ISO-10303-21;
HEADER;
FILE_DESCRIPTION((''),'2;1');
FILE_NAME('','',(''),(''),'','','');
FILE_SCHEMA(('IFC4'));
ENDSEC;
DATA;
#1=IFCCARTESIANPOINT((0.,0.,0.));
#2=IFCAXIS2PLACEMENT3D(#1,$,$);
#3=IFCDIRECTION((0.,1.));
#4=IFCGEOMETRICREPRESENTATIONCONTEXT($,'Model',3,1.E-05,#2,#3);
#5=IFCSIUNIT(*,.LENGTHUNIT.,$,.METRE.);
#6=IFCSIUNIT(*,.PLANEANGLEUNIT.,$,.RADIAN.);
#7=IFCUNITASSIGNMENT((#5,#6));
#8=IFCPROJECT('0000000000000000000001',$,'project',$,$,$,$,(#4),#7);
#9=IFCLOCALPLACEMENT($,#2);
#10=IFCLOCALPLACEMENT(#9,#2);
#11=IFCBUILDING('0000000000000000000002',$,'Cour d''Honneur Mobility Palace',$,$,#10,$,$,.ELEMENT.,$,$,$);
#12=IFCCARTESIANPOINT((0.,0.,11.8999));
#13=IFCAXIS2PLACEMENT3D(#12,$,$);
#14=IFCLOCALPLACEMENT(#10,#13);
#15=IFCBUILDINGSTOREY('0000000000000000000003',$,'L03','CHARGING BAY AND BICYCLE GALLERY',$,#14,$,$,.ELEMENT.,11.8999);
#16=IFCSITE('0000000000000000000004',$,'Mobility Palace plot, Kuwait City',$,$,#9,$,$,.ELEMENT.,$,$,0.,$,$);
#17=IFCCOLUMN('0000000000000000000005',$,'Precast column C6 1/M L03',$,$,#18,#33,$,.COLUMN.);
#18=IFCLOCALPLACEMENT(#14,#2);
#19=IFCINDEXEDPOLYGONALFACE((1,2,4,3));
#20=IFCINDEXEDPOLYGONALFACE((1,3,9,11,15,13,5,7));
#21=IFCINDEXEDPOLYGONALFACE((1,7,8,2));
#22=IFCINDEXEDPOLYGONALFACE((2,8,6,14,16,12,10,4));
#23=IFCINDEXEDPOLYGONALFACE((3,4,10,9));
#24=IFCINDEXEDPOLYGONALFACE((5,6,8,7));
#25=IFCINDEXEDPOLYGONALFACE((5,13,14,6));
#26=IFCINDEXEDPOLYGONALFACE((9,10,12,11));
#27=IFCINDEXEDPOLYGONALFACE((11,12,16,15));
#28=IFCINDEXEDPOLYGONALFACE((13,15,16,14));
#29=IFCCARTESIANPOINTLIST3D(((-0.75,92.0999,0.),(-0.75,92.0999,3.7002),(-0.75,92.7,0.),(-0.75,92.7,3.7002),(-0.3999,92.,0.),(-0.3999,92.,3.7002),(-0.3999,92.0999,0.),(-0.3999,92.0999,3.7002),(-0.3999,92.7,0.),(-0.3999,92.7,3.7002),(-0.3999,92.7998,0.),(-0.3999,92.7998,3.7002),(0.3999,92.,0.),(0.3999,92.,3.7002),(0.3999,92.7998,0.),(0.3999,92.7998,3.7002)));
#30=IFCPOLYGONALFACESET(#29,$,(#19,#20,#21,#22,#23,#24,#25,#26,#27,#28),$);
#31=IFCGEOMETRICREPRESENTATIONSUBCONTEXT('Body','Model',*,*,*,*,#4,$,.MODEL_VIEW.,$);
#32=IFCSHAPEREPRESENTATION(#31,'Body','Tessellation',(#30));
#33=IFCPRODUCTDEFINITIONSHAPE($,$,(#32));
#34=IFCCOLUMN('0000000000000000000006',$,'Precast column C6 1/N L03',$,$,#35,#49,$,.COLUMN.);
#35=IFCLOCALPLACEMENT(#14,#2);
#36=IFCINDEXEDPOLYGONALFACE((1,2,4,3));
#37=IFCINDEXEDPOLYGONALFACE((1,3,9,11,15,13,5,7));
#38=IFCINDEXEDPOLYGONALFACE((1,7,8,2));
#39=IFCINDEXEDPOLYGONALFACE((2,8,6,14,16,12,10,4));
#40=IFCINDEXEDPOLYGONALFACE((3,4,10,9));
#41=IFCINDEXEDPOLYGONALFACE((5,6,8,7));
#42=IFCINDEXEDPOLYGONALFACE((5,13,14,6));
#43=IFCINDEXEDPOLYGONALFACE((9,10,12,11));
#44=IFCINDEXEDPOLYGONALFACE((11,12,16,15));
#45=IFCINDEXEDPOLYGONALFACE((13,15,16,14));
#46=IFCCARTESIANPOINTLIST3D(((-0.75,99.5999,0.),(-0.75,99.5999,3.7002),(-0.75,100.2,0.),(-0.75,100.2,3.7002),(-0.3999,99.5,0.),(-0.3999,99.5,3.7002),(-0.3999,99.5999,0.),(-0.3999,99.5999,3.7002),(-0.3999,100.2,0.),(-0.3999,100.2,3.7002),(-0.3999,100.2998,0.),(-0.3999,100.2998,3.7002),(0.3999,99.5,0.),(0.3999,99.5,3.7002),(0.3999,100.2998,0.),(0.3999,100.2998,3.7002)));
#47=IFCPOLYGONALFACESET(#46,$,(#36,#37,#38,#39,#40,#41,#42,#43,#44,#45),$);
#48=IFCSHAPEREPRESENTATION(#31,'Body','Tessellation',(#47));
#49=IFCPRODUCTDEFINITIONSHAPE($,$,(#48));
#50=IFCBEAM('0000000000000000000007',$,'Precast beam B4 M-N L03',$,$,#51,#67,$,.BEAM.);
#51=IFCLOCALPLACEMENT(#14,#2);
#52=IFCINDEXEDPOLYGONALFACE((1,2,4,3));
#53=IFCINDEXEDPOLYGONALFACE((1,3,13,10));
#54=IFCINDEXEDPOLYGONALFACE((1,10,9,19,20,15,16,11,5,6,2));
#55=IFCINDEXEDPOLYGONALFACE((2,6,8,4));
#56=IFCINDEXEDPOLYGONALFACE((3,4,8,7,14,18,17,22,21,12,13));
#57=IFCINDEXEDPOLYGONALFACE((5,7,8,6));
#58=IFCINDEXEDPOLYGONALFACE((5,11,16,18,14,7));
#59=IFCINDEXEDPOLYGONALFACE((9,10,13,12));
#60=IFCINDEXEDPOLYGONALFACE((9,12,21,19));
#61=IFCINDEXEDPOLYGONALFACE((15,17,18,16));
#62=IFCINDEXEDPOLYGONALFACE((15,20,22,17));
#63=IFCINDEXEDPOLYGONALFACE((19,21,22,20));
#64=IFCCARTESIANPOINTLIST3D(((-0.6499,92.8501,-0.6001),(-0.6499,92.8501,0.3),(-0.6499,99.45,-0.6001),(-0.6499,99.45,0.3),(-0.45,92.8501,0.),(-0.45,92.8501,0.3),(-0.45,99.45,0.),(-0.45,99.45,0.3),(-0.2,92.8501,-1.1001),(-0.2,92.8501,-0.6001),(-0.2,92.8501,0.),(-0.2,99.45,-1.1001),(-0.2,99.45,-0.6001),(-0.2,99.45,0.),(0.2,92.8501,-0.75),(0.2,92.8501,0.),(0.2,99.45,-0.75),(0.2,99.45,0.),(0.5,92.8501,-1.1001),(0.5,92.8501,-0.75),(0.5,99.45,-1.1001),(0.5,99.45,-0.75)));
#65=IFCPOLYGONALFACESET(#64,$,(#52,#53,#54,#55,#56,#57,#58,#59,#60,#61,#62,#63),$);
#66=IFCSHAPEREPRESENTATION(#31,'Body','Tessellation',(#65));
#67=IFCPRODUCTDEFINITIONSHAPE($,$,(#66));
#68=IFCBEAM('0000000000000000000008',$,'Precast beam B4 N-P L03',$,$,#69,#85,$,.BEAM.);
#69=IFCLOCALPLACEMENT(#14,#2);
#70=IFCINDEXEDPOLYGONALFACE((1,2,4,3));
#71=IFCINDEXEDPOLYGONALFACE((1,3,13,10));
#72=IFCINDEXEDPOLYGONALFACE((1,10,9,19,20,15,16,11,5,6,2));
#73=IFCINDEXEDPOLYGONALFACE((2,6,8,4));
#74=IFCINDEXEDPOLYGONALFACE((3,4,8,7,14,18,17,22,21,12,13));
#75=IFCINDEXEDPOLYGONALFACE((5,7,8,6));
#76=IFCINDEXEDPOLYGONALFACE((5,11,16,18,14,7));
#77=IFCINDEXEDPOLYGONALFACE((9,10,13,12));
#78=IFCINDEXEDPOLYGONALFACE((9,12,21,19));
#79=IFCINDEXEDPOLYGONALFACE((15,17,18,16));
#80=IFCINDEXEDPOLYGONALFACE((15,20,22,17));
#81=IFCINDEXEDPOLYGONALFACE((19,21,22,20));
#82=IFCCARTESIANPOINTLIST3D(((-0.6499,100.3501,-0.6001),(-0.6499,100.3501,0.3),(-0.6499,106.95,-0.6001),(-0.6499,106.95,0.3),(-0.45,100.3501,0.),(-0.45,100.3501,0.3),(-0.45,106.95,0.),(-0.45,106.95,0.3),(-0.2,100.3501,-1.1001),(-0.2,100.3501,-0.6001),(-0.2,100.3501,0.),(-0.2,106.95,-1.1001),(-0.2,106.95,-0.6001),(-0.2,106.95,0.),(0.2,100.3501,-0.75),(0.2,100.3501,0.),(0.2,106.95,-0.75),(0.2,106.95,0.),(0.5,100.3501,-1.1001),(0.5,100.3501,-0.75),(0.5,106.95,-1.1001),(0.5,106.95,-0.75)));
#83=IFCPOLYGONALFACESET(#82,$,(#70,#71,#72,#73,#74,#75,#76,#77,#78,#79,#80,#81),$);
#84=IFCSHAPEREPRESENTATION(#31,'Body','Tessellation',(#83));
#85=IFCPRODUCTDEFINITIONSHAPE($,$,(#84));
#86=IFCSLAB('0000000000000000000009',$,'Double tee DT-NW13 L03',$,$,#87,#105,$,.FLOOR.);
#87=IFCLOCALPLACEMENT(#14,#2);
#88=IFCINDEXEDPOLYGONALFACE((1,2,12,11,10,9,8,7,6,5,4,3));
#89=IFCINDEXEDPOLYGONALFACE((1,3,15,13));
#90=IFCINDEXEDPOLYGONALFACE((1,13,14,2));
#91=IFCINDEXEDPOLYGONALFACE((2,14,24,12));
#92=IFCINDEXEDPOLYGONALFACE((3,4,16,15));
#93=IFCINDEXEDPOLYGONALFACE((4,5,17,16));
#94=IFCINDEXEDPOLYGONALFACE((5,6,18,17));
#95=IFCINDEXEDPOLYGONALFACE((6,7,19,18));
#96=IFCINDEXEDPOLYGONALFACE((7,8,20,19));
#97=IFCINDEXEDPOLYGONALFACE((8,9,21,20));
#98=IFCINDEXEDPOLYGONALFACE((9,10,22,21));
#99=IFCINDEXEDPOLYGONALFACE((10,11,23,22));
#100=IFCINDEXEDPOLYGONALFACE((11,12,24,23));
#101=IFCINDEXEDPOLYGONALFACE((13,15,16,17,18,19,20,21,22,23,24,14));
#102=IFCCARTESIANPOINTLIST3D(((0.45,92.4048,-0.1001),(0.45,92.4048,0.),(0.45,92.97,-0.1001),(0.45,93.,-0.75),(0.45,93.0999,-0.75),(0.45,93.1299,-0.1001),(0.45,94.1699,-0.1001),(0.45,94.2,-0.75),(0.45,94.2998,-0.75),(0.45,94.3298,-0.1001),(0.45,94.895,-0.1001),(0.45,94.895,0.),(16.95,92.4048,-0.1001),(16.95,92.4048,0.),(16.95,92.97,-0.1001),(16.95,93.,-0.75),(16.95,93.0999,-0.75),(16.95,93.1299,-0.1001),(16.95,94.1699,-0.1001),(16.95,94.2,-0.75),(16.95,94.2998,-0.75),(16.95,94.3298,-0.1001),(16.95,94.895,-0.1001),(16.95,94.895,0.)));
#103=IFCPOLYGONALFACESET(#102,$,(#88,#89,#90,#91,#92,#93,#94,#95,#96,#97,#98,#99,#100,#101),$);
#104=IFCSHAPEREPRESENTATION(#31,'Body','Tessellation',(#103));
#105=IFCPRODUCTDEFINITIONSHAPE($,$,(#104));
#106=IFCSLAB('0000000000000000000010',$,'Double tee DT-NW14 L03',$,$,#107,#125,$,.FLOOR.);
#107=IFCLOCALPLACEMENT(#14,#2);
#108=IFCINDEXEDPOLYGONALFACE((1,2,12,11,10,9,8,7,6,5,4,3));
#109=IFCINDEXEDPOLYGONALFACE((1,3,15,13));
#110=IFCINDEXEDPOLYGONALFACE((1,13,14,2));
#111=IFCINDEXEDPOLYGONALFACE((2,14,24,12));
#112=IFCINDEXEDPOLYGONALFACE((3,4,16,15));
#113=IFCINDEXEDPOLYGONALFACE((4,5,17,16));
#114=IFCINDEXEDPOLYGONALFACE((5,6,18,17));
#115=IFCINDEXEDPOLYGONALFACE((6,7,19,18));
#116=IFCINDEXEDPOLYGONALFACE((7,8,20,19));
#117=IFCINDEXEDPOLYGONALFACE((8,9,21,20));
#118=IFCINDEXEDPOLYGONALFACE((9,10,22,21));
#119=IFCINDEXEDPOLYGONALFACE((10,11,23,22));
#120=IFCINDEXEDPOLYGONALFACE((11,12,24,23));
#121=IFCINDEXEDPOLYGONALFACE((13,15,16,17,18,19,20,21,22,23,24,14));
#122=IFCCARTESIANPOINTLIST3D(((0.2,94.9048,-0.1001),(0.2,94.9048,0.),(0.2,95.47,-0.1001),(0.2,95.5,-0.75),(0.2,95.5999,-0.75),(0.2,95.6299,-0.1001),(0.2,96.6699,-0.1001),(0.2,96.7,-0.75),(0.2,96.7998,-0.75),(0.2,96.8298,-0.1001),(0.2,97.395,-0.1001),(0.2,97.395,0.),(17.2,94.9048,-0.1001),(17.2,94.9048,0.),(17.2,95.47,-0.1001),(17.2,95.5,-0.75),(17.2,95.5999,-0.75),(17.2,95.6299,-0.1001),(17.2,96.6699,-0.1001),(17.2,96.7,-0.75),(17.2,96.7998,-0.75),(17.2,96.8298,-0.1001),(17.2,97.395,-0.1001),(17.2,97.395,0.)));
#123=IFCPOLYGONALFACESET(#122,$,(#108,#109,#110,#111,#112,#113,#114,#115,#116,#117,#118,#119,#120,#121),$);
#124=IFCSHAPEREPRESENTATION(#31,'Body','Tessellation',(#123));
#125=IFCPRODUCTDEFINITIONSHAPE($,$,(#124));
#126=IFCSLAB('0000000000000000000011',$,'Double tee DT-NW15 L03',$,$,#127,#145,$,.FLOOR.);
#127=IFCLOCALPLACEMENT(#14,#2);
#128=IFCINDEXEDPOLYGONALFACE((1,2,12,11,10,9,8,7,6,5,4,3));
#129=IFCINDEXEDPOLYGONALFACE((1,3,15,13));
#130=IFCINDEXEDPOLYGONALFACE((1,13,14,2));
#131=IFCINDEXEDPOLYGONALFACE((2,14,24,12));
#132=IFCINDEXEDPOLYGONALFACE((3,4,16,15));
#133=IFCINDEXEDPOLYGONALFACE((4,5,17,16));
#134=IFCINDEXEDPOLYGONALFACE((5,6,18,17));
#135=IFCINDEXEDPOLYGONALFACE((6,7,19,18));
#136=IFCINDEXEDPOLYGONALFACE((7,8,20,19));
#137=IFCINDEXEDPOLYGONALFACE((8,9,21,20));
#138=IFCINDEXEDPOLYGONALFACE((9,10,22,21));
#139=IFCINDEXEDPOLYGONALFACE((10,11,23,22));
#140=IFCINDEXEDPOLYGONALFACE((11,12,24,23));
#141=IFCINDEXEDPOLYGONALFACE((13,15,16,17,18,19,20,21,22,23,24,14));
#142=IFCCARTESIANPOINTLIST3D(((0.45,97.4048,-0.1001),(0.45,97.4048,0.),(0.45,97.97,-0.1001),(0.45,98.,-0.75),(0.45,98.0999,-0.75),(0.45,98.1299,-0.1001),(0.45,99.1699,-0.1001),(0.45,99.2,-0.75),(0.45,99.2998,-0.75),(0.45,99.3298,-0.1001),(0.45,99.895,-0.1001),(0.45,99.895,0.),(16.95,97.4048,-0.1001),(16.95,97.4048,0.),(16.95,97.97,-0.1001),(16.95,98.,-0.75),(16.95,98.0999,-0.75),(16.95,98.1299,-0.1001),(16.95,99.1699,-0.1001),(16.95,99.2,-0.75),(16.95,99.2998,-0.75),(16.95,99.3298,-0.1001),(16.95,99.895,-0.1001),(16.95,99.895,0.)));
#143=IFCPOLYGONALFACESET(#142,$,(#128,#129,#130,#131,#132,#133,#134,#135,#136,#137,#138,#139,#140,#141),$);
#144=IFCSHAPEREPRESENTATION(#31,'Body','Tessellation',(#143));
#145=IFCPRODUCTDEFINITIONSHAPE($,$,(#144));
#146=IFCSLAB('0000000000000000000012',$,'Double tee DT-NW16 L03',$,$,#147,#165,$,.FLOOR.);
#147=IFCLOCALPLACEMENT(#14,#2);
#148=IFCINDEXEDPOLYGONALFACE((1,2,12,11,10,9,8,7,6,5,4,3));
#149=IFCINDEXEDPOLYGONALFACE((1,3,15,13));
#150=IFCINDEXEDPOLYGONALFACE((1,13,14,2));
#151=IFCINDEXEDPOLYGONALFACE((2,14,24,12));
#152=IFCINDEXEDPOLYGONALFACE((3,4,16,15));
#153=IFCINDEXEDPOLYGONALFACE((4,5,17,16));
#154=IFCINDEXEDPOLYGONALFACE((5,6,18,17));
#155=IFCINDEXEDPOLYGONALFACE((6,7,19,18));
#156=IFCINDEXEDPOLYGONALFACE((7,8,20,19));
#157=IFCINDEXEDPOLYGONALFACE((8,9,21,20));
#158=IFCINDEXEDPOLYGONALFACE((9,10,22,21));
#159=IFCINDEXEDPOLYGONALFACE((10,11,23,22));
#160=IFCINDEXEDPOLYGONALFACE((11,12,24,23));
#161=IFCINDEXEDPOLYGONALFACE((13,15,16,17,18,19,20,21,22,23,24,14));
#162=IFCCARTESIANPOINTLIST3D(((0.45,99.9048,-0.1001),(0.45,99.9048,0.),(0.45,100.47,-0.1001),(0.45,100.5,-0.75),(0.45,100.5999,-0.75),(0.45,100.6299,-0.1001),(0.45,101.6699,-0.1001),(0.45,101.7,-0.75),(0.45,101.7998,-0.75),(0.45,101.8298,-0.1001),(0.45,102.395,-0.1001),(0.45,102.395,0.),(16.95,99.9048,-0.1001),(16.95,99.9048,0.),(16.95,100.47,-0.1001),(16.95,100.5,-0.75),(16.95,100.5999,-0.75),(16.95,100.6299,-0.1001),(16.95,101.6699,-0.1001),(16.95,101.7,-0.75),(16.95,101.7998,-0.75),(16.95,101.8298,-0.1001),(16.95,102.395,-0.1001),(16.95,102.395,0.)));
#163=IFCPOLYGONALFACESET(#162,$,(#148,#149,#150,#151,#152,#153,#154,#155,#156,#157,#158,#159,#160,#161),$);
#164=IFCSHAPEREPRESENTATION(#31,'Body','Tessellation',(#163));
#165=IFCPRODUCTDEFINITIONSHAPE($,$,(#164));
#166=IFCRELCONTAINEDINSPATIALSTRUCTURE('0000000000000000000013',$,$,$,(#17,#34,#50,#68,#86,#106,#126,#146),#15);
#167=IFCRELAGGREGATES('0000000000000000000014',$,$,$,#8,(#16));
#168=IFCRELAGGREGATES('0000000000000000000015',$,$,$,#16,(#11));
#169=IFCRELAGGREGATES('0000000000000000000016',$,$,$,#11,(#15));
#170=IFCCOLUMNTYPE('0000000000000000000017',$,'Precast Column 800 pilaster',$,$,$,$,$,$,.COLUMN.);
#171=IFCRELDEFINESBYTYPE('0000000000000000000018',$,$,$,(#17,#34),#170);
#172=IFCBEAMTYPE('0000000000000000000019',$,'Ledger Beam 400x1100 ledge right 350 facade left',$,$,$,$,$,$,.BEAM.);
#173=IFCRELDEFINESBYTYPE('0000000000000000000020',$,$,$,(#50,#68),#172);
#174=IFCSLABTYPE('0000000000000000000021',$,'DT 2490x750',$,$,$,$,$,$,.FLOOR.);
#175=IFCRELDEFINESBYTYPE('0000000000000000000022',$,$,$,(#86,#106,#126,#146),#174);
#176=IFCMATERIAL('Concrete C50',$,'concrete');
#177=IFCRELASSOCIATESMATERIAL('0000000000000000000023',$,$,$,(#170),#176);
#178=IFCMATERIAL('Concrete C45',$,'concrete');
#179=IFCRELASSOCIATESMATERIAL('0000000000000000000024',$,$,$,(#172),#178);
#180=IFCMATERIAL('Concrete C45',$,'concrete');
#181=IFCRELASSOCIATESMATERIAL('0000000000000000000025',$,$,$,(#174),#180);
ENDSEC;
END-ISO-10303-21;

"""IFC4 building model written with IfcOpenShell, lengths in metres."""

from ifc_helpers import new_model, si_unit, direction, frame, origin, place, context, subcontext, project, spatial, polyline, outline, extrude, material, material_profile, profile_set, type_object, element, save


model = new_model("IFC4")

# Units and contexts
model_context = context("Model", 3, precision=1e-05, world=origin(), true_north=direction((0.0, 1.0)))
body_context = subcontext(model_context, "Body", "Model", "MODEL_VIEW")
ifc_project = project(units=[si_unit("LENGTHUNIT", "METRE"), si_unit("PLANEANGLEUNIT", "RADIAN")], contexts=[model_context])

# Site, building, storey
site_placement = place(None, origin())
site = spatial("IfcSite", under=ifc_project, at=site_placement, Name="Mobility Palace plot, Kuwait City", CompositionType="ELEMENT", RefElevation=0.0)
building_placement = place(site_placement, origin())
building = spatial("IfcBuilding", under=site, at=building_placement, Name="Cour d'Honneur Mobility Palace", CompositionType="ELEMENT")
storey_placement = place(building_placement, frame((0.0, 0.0, 11.8999)))
storey = spatial("IfcBuildingStorey", under=building, at=storey_placement, Name="L03", Description="CHARGING BAY AND BICYCLE GALLERY", CompositionType="ELEMENT", Elevation=11.8999)

# Columns
ifc_material_1 = material(Name="Concrete C50", Category="concrete")
ifc_material_profile_1 = material_profile(ifc_material_1, outline(polyline([(-0.3999, -0.3999), (0.3999, -0.3999), (0.3999, -0.3), (0.75, -0.3), (0.75, 0.3), (0.3999, 0.3), (0.3999, 0.3999), (-0.3999, 0.3999), (-0.3999, -0.3999)])), Name="PC C800 pilaster")
ifc_profile_set_1 = profile_set([ifc_material_profile_1], Name="Concrete C50")
column_type = type_object("IfcColumnType", Name="Precast Column 800 pilaster", PredefinedType="COLUMN", material=ifc_profile_set_1)
for number, where, z_axis, x_axis, name in (
    (1, (0.0, 92.3999, 0.0), (0.0, 0.0, 1.0), (-1.0, 0.0, 0.0), "Precast column C6 1/M L03"),
    (2, (0.0, 99.8999, 0.0), (0.0, 0.0, 1.0), (-1.0, 0.0, 0.0), "Precast column C6 1/N L03"),
):
    element("IfcColumn", number, at=place(storey_placement, frame(where, z_axis=z_axis, x_axis=x_axis)), inside=storey, type_object=column_type, Name=name, PredefinedType="COLUMN", context=body_context, shape_type="SweptSolid", body=[
        extrude(outline(polyline([(-0.3999, -0.3999), (0.3999, -0.3999), (0.3999, -0.3), (0.75, -0.3), (0.75, 0.3), (0.3999, 0.3), (0.3999, 0.3999), (-0.3999, 0.3999), (-0.3999, -0.3999)])), origin(), (0.0, 0.0, 1.0), 3.7002),
    ])

# Beams
ifc_material_2 = material(Name="Concrete C45", Category="concrete")
ifc_material_profile_2 = material_profile(ifc_material_2, outline(polyline([(0.2, -1.1001), (0.2, -0.6001), (0.6499, -0.6001), (0.6499, 0.3), (0.45, 0.3), (0.45, 0.0), (0.2, 0.0), (-0.2, 0.0), (-0.2, -0.75), (-0.5, -0.75), (-0.5, -1.1001), (0.2, -1.1001)])), Name="Ledger Beam 400x1100 ledge right 350 facade left")
ifc_profile_set_2 = profile_set([ifc_material_profile_2], Name="Concrete C45")
beam_type = type_object("IfcBeamType", Name="Ledger Beam 400x1100 ledge right 350 facade left", PredefinedType="BEAM", material=ifc_profile_set_2)
for number, where, z_axis, x_axis, name in (
    (3, (0.0, 92.8501, 0.0), (0.0, 1.0, 0.0), (-1.0, 0.0, 0.0), "Precast beam B4 M-N L03"),
    (4, (0.0, 100.3501, 0.0), (0.0, 1.0, 0.0), (-1.0, 0.0, 0.0), "Precast beam B4 N-P L03"),
):
    element("IfcBeam", number, at=place(storey_placement, frame(where, z_axis=z_axis, x_axis=x_axis)), inside=storey, type_object=beam_type, Name=name, PredefinedType="BEAM", context=body_context, shape_type="SweptSolid", body=[
        extrude(outline(polyline([(0.2, -1.1001), (0.2, -0.6001), (0.6499, -0.6001), (0.6499, 0.3), (0.45, 0.3), (0.45, 0.0), (0.2, 0.0), (-0.2, 0.0), (-0.2, -0.75), (-0.5, -0.75), (-0.5, -1.1001), (0.2, -1.1001)])), origin(), (0.0, 0.0, 1.0), 6.5999),
    ])

# Slabs
ifc_material_3 = material(Name="Concrete C45", Category="concrete")
ifc_material_profile_3 = material_profile(ifc_material_3, outline(polyline([(-1.2451, 0.0), (1.2451, 0.0), (1.2451, -0.1001), (0.6799, -0.1001), (0.6499, -0.75), (0.55, -0.75), (0.52, -0.1001), (-0.52, -0.1001), (-0.55, -0.75), (-0.6499, -0.75), (-0.6799, -0.1001), (-1.2451, -0.1001), (-1.2451, 0.0)])), Name="DT 2490x750")
ifc_profile_set_3 = profile_set([ifc_material_profile_3], Name="Concrete C45")
slab_type = type_object("IfcSlabType", Name="DT 2490x750", PredefinedType="FLOOR", material=ifc_profile_set_3)
slab_1_placement = place(storey_placement, frame((0.45, 93.6499, 0.0), z_axis=(1.0, 0.0, 0.0), x_axis=(0.0, 1.0, 0.0)))
element("IfcSlab", 5, at=slab_1_placement, inside=storey, type_object=slab_type, Name="Double tee DT-NW13 L03", PredefinedType="FLOOR", context=body_context, shape_type="SweptSolid", body=[
    extrude(outline(polyline([(-1.2451, 0.0), (1.2451, 0.0), (1.2451, -0.1001), (0.6799, -0.1001), (0.6499, -0.75), (0.55, -0.75), (0.52, -0.1001), (-0.52, -0.1001), (-0.55, -0.75), (-0.6499, -0.75), (-0.6799, -0.1001), (-1.2451, -0.1001), (-1.2451, 0.0)])), origin(), (0.0, 0.0, 1.0), 16.5),
])
slab_2_placement = place(storey_placement, frame((0.2, 96.1499, 0.0), z_axis=(1.0, 0.0, 0.0), x_axis=(0.0, 1.0, 0.0)))
element("IfcSlab", 6, at=slab_2_placement, inside=storey, type_object=slab_type, Name="Double tee DT-NW14 L03", PredefinedType="FLOOR", context=body_context, shape_type="SweptSolid", body=[
    extrude(outline(polyline([(-1.2451, 0.0), (1.2451, 0.0), (1.2451, -0.1001), (0.6799, -0.1001), (0.6499, -0.75), (0.55, -0.75), (0.52, -0.1001), (-0.52, -0.1001), (-0.55, -0.75), (-0.6499, -0.75), (-0.6799, -0.1001), (-1.2451, -0.1001), (-1.2451, 0.0)])), origin(), (0.0, 0.0, 1.0), 17.0),
])
for number, where, z_axis, x_axis, name in (
    (7, (0.45, 98.6499, 0.0), (1.0, 0.0, 0.0), (0.0, 1.0, 0.0), "Double tee DT-NW15 L03"),
    (8, (0.45, 101.1499, 0.0), (1.0, 0.0, 0.0), (0.0, 1.0, 0.0), "Double tee DT-NW16 L03"),
):
    element("IfcSlab", number, at=place(storey_placement, frame(where, z_axis=z_axis, x_axis=x_axis)), inside=storey, type_object=slab_type, Name=name, PredefinedType="FLOOR", context=body_context, shape_type="SweptSolid", body=[
        extrude(outline(polyline([(-1.2451, 0.0), (1.2451, 0.0), (1.2451, -0.1001), (0.6799, -0.1001), (0.6499, -0.75), (0.55, -0.75), (0.52, -0.1001), (-0.52, -0.1001), (-0.55, -0.75), (-0.6499, -0.75), (-0.6799, -0.1001), (-1.2451, -0.1001), (-1.2451, 0.0)])), origin(), (0.0, 0.0, 1.0), 16.5),
    ])

save(model, "model.ifc")
